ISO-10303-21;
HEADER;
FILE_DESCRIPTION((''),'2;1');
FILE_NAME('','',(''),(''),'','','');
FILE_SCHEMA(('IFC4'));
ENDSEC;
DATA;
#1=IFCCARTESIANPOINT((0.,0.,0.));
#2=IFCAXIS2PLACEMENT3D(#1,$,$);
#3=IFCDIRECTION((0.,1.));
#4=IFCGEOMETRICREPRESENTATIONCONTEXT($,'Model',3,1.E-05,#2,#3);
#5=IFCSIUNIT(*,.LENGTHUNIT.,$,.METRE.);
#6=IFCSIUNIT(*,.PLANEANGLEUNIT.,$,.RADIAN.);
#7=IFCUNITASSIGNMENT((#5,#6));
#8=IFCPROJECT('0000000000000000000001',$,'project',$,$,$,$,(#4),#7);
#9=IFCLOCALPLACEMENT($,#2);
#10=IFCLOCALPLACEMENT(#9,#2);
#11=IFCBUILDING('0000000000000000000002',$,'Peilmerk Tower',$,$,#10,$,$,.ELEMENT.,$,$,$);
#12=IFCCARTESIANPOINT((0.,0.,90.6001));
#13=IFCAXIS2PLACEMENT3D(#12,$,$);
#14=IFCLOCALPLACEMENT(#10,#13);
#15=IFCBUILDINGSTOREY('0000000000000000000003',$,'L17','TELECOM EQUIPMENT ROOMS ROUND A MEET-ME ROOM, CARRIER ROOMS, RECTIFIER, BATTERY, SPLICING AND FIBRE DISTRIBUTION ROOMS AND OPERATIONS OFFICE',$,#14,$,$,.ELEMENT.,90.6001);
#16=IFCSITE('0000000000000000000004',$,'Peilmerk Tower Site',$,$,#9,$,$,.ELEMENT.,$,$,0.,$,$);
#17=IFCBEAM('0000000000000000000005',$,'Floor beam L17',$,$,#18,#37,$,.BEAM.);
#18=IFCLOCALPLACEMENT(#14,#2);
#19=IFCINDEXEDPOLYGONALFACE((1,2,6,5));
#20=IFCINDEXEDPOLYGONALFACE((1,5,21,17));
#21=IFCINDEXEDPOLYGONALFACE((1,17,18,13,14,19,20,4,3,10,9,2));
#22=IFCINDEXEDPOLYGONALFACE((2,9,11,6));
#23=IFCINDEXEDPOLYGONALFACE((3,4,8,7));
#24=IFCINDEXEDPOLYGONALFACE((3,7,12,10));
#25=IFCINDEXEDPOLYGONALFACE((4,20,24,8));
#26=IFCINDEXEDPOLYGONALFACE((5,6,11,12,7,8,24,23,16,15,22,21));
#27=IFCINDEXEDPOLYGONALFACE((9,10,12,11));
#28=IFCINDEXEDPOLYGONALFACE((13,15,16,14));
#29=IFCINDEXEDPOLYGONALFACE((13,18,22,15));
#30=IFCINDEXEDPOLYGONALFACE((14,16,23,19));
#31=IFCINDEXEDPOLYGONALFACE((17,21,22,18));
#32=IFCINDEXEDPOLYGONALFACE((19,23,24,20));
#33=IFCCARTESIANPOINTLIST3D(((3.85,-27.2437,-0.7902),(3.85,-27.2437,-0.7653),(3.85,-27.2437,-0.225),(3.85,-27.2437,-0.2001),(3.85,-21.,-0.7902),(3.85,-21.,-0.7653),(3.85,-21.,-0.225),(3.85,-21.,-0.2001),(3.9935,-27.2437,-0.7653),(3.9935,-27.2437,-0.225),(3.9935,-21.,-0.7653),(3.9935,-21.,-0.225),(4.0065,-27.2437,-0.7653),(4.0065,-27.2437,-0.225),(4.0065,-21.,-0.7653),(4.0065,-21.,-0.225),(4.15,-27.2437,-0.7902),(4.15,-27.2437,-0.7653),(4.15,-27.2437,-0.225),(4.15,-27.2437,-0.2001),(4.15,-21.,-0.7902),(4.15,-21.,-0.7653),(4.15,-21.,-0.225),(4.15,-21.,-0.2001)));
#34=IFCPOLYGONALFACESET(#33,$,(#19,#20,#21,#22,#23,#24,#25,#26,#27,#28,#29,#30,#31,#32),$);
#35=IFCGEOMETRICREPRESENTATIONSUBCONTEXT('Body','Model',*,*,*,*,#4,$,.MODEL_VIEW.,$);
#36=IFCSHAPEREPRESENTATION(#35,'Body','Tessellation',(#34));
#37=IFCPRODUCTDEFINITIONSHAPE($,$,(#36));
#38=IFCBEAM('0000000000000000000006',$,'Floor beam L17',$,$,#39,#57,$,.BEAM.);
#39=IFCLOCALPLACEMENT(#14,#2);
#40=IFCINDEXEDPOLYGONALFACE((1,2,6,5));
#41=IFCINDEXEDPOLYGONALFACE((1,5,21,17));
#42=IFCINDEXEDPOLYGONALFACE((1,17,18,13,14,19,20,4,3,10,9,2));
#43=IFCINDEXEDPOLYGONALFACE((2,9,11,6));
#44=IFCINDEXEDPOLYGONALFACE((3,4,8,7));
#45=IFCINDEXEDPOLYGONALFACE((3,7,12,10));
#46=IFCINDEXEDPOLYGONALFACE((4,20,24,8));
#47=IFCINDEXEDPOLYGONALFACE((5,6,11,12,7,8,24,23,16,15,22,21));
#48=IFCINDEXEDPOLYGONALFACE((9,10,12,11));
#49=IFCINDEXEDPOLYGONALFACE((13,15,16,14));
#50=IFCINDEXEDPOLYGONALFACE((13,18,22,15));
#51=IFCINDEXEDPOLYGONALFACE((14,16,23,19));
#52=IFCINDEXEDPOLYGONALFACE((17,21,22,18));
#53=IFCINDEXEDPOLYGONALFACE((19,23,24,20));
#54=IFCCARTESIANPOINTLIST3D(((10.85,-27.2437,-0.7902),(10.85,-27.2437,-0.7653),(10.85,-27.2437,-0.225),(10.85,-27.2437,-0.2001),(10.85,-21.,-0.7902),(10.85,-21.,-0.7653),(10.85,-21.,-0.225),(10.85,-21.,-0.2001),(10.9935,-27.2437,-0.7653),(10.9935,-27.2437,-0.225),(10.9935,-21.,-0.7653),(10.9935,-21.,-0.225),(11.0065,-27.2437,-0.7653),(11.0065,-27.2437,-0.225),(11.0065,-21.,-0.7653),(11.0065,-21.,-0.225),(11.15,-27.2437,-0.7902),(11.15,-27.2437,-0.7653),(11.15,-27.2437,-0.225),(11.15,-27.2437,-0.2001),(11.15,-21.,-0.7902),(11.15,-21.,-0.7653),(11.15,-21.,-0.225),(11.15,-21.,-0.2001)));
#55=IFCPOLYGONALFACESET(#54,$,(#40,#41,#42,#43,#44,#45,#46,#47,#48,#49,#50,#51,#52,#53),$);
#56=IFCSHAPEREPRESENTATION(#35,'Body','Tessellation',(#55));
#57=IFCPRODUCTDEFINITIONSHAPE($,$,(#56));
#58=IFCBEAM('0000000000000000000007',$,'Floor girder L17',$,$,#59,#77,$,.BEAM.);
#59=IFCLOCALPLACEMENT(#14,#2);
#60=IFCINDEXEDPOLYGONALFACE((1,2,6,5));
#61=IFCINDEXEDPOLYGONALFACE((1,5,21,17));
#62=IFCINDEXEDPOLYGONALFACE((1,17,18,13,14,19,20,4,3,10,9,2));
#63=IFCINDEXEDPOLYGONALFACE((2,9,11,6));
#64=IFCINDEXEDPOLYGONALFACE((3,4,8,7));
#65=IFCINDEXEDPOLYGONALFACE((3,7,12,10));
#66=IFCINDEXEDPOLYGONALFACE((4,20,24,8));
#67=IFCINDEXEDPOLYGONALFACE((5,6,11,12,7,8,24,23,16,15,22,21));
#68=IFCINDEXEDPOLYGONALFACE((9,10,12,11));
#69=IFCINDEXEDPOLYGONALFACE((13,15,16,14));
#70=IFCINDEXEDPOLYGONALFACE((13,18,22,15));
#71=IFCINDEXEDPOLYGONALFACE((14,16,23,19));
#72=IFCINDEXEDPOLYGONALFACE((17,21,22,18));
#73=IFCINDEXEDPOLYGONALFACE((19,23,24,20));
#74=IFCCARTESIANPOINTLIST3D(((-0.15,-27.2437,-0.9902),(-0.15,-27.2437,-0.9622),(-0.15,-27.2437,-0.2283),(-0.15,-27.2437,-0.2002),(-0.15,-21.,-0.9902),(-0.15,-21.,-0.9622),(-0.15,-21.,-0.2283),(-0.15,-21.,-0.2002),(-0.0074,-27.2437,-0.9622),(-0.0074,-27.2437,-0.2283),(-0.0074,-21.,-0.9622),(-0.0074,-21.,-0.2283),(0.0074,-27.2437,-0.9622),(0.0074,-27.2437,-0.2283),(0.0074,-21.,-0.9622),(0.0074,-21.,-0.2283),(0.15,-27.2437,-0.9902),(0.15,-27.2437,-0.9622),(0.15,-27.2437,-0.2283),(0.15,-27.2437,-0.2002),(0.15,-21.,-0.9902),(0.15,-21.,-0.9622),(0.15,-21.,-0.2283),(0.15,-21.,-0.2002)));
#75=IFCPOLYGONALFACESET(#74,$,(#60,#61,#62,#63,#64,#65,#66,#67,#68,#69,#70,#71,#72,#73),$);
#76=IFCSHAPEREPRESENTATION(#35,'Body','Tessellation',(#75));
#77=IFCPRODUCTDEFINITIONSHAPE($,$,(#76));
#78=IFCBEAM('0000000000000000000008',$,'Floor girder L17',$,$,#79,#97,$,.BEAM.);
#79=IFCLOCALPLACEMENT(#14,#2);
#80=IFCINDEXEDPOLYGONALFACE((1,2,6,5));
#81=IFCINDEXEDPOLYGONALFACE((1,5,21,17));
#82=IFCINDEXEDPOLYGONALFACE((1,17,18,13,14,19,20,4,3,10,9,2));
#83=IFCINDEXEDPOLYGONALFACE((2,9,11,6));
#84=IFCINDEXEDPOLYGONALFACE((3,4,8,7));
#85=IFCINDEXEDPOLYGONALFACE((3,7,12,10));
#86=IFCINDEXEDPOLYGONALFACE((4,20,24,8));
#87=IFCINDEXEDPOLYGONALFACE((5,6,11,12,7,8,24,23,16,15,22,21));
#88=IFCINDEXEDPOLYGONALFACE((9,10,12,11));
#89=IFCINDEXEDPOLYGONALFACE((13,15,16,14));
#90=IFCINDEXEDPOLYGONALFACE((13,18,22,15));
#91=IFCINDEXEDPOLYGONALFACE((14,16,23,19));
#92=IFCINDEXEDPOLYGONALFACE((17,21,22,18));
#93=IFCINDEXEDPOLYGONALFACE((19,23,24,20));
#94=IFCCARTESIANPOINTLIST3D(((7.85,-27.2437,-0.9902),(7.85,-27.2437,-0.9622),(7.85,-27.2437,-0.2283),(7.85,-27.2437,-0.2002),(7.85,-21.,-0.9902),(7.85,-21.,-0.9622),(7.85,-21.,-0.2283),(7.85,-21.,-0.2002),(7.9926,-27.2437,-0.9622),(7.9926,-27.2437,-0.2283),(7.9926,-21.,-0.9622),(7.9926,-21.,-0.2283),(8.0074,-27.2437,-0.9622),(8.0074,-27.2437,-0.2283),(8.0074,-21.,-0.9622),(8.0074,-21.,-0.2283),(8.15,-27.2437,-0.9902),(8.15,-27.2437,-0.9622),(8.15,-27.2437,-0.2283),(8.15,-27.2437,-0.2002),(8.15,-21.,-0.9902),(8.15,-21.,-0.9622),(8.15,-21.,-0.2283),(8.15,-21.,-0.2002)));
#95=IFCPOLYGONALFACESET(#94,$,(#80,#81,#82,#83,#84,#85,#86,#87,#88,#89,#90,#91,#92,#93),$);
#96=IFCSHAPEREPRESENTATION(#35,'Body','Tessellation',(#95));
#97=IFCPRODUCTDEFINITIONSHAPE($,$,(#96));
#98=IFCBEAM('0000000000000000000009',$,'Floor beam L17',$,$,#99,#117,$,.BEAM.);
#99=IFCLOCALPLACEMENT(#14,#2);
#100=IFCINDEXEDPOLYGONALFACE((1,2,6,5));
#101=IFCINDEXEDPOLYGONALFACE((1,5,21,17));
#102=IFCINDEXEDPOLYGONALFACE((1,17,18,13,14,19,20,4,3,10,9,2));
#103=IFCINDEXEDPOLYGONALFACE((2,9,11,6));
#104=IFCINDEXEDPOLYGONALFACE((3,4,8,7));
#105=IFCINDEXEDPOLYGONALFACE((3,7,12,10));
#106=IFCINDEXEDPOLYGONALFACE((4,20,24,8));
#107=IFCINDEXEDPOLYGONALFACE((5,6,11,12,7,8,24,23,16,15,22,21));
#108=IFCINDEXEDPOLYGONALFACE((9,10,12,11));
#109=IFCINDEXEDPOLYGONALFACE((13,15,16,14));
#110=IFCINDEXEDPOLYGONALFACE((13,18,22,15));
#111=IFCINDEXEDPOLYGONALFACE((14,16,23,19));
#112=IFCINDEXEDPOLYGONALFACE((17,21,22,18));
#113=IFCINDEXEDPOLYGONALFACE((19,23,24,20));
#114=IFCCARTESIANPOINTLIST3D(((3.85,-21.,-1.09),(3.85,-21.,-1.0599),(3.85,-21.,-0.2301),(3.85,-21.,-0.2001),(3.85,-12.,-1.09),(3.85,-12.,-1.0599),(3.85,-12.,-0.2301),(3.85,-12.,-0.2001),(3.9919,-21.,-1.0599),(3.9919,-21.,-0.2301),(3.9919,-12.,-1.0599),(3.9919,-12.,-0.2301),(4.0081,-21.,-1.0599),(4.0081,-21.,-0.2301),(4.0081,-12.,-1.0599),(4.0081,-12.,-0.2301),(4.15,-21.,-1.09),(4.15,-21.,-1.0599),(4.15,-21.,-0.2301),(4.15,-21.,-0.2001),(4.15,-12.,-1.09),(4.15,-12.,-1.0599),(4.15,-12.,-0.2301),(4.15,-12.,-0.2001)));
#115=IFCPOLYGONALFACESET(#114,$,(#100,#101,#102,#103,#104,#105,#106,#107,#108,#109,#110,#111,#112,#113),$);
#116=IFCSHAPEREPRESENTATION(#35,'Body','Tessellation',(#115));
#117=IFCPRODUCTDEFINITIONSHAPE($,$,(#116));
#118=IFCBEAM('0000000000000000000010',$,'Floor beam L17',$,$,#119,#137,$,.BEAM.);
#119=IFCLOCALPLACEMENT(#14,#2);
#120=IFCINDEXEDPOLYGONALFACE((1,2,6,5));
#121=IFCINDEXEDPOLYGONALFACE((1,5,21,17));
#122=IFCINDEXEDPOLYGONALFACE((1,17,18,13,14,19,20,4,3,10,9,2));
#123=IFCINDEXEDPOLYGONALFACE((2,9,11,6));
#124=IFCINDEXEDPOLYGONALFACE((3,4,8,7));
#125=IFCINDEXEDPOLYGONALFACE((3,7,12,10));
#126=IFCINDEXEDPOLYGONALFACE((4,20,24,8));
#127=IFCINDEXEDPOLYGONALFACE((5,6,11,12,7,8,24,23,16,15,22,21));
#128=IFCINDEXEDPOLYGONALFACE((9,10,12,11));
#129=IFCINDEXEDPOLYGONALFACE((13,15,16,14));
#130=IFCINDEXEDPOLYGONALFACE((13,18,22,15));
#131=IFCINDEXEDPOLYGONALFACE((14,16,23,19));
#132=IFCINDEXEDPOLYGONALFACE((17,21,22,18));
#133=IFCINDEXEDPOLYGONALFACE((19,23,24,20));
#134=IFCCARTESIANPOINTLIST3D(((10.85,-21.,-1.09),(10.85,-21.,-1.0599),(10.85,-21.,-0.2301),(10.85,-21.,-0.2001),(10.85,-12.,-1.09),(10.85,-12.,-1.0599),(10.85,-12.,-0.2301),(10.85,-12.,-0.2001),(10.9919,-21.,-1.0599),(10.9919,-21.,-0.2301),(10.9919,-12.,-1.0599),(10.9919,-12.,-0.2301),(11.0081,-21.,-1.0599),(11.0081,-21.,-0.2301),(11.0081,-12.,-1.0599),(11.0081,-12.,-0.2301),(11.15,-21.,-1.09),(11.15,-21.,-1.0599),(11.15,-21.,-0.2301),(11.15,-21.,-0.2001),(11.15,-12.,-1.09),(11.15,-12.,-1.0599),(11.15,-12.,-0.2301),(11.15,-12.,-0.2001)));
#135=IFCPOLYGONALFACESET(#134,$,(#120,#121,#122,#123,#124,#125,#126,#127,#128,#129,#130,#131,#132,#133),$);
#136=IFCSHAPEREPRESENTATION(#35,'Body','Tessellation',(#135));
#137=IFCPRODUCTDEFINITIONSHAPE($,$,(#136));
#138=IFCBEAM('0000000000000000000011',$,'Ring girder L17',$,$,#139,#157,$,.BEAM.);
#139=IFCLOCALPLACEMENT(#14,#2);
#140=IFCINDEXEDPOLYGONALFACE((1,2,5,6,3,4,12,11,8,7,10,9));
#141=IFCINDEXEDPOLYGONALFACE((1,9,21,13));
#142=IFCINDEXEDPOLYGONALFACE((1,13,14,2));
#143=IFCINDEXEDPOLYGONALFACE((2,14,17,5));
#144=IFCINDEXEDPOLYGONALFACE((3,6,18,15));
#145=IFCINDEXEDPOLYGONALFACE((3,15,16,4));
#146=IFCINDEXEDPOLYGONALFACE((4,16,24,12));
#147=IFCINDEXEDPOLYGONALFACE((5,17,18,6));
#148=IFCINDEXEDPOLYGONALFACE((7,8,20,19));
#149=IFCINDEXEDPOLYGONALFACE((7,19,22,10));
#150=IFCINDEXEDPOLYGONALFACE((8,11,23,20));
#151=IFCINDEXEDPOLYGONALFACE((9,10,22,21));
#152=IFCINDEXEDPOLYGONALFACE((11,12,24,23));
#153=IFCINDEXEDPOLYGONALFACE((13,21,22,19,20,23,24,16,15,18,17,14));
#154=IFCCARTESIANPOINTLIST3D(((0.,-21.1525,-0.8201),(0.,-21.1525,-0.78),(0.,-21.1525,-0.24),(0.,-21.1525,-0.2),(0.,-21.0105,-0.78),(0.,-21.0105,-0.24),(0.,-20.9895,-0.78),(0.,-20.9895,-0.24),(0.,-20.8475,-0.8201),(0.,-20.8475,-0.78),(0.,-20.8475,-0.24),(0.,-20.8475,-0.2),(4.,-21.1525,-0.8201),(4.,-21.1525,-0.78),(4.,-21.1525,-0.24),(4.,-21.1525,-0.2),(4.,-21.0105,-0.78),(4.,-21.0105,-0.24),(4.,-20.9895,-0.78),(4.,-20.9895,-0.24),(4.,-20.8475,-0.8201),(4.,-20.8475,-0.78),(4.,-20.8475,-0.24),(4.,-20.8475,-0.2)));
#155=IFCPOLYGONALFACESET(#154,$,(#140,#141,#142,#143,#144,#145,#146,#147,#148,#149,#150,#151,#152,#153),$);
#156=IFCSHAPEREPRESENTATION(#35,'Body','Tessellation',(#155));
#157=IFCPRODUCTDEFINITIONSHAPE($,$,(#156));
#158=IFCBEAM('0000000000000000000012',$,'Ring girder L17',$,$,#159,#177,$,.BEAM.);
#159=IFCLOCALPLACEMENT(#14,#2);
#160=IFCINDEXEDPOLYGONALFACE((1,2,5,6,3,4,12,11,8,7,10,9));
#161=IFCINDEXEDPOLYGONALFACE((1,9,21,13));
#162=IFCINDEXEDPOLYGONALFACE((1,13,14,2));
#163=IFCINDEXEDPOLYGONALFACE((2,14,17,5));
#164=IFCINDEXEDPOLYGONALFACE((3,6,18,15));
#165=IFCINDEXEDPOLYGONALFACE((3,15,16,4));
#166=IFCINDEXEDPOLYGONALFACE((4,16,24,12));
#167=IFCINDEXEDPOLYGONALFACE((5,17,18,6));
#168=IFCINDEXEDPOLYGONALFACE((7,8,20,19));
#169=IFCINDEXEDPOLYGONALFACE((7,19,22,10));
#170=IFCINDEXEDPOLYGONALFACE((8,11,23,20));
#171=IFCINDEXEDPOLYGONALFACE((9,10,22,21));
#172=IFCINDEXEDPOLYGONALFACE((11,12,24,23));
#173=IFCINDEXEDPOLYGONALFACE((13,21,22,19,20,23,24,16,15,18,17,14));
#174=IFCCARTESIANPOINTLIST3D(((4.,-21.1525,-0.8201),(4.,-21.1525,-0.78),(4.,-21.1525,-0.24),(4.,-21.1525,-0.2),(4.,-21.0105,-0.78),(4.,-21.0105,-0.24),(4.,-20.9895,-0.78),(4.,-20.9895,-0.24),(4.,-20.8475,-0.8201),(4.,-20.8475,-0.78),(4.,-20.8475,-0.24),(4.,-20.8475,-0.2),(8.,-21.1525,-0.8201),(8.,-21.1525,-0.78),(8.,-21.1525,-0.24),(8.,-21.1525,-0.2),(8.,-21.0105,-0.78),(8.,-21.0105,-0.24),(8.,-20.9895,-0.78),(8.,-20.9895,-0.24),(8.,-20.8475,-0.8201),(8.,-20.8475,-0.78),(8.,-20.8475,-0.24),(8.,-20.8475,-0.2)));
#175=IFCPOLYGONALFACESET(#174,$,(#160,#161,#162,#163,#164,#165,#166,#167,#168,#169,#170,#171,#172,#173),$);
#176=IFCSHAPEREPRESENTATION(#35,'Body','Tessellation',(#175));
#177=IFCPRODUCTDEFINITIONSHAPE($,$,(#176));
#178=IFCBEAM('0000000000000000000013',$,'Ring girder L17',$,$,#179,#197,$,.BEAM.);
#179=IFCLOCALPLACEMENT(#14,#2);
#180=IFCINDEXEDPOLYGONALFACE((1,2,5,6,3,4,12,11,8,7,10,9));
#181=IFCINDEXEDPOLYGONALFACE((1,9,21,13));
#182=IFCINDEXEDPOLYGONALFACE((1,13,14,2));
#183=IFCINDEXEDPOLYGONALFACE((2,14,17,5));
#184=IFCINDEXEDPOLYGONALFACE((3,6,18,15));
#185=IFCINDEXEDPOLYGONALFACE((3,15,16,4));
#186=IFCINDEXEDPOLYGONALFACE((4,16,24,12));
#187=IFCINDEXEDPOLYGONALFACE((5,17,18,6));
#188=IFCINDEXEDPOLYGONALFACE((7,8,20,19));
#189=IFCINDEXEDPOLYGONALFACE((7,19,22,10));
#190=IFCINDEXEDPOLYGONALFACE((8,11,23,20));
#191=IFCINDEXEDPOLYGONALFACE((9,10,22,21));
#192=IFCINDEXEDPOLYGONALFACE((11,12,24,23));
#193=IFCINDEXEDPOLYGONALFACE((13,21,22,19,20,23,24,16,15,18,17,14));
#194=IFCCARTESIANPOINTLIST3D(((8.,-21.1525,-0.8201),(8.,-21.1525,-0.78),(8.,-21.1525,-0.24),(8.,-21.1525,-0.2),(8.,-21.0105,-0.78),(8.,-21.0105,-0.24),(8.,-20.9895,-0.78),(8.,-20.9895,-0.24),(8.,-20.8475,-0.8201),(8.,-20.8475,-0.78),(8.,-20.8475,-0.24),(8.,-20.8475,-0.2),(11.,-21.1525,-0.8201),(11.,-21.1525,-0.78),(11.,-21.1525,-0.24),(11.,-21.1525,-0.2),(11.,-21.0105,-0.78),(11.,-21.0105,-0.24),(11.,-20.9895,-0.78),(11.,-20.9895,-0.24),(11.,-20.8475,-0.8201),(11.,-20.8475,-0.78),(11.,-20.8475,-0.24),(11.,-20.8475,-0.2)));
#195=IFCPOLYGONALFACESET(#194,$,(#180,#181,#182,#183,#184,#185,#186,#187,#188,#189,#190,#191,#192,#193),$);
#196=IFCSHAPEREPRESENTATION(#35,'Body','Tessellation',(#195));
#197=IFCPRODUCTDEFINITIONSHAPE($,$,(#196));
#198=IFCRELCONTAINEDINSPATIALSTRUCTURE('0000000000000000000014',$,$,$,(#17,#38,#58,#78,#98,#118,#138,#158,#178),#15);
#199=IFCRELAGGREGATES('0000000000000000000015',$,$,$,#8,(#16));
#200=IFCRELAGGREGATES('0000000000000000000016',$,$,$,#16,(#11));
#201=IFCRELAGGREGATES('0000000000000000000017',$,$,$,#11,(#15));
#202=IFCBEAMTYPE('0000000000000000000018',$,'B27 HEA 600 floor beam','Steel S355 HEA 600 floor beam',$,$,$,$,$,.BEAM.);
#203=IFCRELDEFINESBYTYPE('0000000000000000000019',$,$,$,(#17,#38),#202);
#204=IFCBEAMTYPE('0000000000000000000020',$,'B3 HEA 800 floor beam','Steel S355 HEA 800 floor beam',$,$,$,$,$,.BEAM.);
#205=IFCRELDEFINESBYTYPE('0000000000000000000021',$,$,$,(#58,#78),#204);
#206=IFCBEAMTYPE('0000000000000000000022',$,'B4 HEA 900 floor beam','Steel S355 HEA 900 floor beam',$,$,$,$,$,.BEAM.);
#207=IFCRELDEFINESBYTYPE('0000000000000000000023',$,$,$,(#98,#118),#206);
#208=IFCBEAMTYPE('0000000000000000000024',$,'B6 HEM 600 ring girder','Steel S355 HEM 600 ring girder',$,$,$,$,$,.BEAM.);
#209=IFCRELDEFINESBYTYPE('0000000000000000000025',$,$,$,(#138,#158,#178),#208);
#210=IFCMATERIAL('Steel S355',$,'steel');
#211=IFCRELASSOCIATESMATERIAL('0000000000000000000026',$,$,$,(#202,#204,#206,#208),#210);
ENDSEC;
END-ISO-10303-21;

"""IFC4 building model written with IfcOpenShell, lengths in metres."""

from ifc_helpers import new_model, si_unit, direction, frame, origin, origin_2d, place, context, subcontext, project, spatial, i_section, extrude, material, material_profile, profile_set, type_object, element, save


model = new_model("IFC4")

# Units and contexts
model_context = context("Model", 3, precision=1e-05, world=origin(), true_north=direction((0.0, 1.0)))
body_context = subcontext(model_context, "Body", "Model", "MODEL_VIEW")
ifc_project = project(units=[si_unit("LENGTHUNIT", "METRE"), si_unit("PLANEANGLEUNIT", "RADIAN")], contexts=[model_context])

# Site, building, storey
site_placement = place(None, origin())
site = spatial("IfcSite", under=ifc_project, at=site_placement, Name="Peilmerk Tower Site", CompositionType="ELEMENT", RefElevation=0.0)
building_placement = place(site_placement, origin())
building = spatial("IfcBuilding", under=site, at=building_placement, Name="Peilmerk Tower", CompositionType="ELEMENT")
storey_placement = place(building_placement, frame((0.0, 0.0, 90.6001)))
storey = spatial("IfcBuildingStorey", under=building, at=storey_placement, Name="L17", Description="TELECOM EQUIPMENT ROOMS ROUND A MEET-ME ROOM, CARRIER ROOMS, RECTIFIER, BATTERY, SPLICING AND FIBRE DISTRIBUTION ROOMS AND OPERATIONS OFFICE", CompositionType="ELEMENT", Elevation=90.6001)

# Beams
ifc_material_1 = material(Name="Steel S355", Category="steel")
ifc_material_profile_1 = material_profile(ifc_material_1, i_section(OverallWidth=0.3, OverallDepth=0.5901, WebThickness=0.0129, FlangeThickness=0.0249, at=origin_2d()), Name="HEA 600")
ifc_profile_set_1 = profile_set([ifc_material_profile_1], Name="Steel S355")
beam_type_1 = type_object("IfcBeamType", Name="B27 HEA 600 floor beam", Description="Steel S355 HEA 600 floor beam", PredefinedType="BEAM", material=ifc_profile_set_1)
for number, where, z_axis, x_axis, name in (
    (1, (4.0, -21.0, -0.4951), (0.0, -1.0, 0.0), (1.0, 0.0, 0.0), "Floor beam L17"),
    (2, (11.0, -21.0, -0.4951), (0.0, -1.0, 0.0), (1.0, 0.0, 0.0), "Floor beam L17"),
):
    element("IfcBeam", number, at=place(storey_placement, frame(where, z_axis=z_axis, x_axis=x_axis)), inside=storey, type_object=beam_type_1, Name=name, PredefinedType="BEAM", context=body_context, shape_type="SweptSolid", body=[
        extrude(i_section(OverallWidth=0.3, OverallDepth=0.5901, WebThickness=0.0129, FlangeThickness=0.0249, at=origin_2d()), origin(), (0.0, 0.0, 1.0), 6.2437),
    ])
ifc_material_profile_2 = material_profile(ifc_material_1, i_section(OverallWidth=0.3, OverallDepth=0.79, WebThickness=0.0149, FlangeThickness=0.0281, at=origin_2d()), Name="HEA 800")
ifc_profile_set_2 = profile_set([ifc_material_profile_2], Name="Steel S355")
beam_type_2 = type_object("IfcBeamType", Name="B3 HEA 800 floor beam", Description="Steel S355 HEA 800 floor beam", PredefinedType="BEAM", material=ifc_profile_set_2)
for number, where, z_axis, x_axis, name in (
    (3, (0.0, -21.0, -0.5952), (0.0, -1.0, 0.0), (1.0, 0.0, 0.0), "Floor girder L17"),
    (4, (8.0, -21.0, -0.5952), (0.0, -1.0, 0.0), (1.0, 0.0, 0.0), "Floor girder L17"),
):
    element("IfcBeam", number, at=place(storey_placement, frame(where, z_axis=z_axis, x_axis=x_axis)), inside=storey, type_object=beam_type_2, Name=name, PredefinedType="BEAM", context=body_context, shape_type="SweptSolid", body=[
        extrude(i_section(OverallWidth=0.3, OverallDepth=0.79, WebThickness=0.0149, FlangeThickness=0.0281, at=origin_2d()), origin(), (0.0, 0.0, 1.0), 6.2437),
    ])
ifc_material_profile_3 = material_profile(ifc_material_1, i_section(OverallWidth=0.3, OverallDepth=0.8899, WebThickness=0.0161, FlangeThickness=0.03, at=origin_2d()), Name="HEA 900")
ifc_profile_set_3 = profile_set([ifc_material_profile_3], Name="Steel S355")
beam_type_3 = type_object("IfcBeamType", Name="B4 HEA 900 floor beam", Description="Steel S355 HEA 900 floor beam", PredefinedType="BEAM", material=ifc_profile_set_3)
for number, where, z_axis, x_axis, name in (
    (5, (4.0, -12.0, -0.645), (0.0, -1.0, 0.0), (1.0, 0.0, 0.0), "Floor beam L17"),
    (6, (11.0, -12.0, -0.645), (0.0, -1.0, 0.0), (1.0, 0.0, 0.0), "Floor beam L17"),
):
    element("IfcBeam", number, at=place(storey_placement, frame(where, z_axis=z_axis, x_axis=x_axis)), inside=storey, type_object=beam_type_3, Name=name, PredefinedType="BEAM", context=body_context, shape_type="SweptSolid", body=[
        extrude(i_section(OverallWidth=0.3, OverallDepth=0.8899, WebThickness=0.0161, FlangeThickness=0.03, at=origin_2d()), origin(), (0.0, 0.0, 1.0), 9.0),
    ])
ifc_material_profile_4 = material_profile(ifc_material_1, i_section(OverallWidth=0.3049, OverallDepth=0.6201, WebThickness=0.021, FlangeThickness=0.04, at=origin_2d()), Name="HEM 600")
ifc_profile_set_4 = profile_set([ifc_material_profile_4], Name="Steel S355")
beam_type_4 = type_object("IfcBeamType", Name="B6 HEM 600 ring girder", Description="Steel S355 HEM 600 ring girder", PredefinedType="BEAM", material=ifc_profile_set_4)
for number, where, z_axis, x_axis, name in (
    (7, (0.0, -21.0, -0.51), (1.0, 0.0, 0.0), (0.0, 1.0, 0.0), "Ring girder L17"),
    (8, (4.0, -21.0, -0.51), (1.0, 0.0, 0.0), (0.0, 1.0, 0.0), "Ring girder L17"),
):
    element("IfcBeam", number, at=place(storey_placement, frame(where, z_axis=z_axis, x_axis=x_axis)), inside=storey, type_object=beam_type_4, Name=name, PredefinedType="BEAM", context=body_context, shape_type="SweptSolid", body=[
        extrude(i_section(OverallWidth=0.3049, OverallDepth=0.6201, WebThickness=0.021, FlangeThickness=0.04, at=origin_2d()), origin(), (0.0, 0.0, 1.0), 4.0),
    ])
beam_1_placement = place(storey_placement, frame((8.0, -21.0, -0.51), z_axis=(1.0, 0.0, 0.0), x_axis=(0.0, 1.0, 0.0)))
element("IfcBeam", 9, at=beam_1_placement, inside=storey, type_object=beam_type_4, Name="Ring girder L17", PredefinedType="BEAM", context=body_context, shape_type="SweptSolid", body=[
    extrude(i_section(OverallWidth=0.3049, OverallDepth=0.6201, WebThickness=0.021, FlangeThickness=0.04, at=origin_2d()), origin(), (0.0, 0.0, 1.0), 3.0),
])

save(model, "model.ifc")
